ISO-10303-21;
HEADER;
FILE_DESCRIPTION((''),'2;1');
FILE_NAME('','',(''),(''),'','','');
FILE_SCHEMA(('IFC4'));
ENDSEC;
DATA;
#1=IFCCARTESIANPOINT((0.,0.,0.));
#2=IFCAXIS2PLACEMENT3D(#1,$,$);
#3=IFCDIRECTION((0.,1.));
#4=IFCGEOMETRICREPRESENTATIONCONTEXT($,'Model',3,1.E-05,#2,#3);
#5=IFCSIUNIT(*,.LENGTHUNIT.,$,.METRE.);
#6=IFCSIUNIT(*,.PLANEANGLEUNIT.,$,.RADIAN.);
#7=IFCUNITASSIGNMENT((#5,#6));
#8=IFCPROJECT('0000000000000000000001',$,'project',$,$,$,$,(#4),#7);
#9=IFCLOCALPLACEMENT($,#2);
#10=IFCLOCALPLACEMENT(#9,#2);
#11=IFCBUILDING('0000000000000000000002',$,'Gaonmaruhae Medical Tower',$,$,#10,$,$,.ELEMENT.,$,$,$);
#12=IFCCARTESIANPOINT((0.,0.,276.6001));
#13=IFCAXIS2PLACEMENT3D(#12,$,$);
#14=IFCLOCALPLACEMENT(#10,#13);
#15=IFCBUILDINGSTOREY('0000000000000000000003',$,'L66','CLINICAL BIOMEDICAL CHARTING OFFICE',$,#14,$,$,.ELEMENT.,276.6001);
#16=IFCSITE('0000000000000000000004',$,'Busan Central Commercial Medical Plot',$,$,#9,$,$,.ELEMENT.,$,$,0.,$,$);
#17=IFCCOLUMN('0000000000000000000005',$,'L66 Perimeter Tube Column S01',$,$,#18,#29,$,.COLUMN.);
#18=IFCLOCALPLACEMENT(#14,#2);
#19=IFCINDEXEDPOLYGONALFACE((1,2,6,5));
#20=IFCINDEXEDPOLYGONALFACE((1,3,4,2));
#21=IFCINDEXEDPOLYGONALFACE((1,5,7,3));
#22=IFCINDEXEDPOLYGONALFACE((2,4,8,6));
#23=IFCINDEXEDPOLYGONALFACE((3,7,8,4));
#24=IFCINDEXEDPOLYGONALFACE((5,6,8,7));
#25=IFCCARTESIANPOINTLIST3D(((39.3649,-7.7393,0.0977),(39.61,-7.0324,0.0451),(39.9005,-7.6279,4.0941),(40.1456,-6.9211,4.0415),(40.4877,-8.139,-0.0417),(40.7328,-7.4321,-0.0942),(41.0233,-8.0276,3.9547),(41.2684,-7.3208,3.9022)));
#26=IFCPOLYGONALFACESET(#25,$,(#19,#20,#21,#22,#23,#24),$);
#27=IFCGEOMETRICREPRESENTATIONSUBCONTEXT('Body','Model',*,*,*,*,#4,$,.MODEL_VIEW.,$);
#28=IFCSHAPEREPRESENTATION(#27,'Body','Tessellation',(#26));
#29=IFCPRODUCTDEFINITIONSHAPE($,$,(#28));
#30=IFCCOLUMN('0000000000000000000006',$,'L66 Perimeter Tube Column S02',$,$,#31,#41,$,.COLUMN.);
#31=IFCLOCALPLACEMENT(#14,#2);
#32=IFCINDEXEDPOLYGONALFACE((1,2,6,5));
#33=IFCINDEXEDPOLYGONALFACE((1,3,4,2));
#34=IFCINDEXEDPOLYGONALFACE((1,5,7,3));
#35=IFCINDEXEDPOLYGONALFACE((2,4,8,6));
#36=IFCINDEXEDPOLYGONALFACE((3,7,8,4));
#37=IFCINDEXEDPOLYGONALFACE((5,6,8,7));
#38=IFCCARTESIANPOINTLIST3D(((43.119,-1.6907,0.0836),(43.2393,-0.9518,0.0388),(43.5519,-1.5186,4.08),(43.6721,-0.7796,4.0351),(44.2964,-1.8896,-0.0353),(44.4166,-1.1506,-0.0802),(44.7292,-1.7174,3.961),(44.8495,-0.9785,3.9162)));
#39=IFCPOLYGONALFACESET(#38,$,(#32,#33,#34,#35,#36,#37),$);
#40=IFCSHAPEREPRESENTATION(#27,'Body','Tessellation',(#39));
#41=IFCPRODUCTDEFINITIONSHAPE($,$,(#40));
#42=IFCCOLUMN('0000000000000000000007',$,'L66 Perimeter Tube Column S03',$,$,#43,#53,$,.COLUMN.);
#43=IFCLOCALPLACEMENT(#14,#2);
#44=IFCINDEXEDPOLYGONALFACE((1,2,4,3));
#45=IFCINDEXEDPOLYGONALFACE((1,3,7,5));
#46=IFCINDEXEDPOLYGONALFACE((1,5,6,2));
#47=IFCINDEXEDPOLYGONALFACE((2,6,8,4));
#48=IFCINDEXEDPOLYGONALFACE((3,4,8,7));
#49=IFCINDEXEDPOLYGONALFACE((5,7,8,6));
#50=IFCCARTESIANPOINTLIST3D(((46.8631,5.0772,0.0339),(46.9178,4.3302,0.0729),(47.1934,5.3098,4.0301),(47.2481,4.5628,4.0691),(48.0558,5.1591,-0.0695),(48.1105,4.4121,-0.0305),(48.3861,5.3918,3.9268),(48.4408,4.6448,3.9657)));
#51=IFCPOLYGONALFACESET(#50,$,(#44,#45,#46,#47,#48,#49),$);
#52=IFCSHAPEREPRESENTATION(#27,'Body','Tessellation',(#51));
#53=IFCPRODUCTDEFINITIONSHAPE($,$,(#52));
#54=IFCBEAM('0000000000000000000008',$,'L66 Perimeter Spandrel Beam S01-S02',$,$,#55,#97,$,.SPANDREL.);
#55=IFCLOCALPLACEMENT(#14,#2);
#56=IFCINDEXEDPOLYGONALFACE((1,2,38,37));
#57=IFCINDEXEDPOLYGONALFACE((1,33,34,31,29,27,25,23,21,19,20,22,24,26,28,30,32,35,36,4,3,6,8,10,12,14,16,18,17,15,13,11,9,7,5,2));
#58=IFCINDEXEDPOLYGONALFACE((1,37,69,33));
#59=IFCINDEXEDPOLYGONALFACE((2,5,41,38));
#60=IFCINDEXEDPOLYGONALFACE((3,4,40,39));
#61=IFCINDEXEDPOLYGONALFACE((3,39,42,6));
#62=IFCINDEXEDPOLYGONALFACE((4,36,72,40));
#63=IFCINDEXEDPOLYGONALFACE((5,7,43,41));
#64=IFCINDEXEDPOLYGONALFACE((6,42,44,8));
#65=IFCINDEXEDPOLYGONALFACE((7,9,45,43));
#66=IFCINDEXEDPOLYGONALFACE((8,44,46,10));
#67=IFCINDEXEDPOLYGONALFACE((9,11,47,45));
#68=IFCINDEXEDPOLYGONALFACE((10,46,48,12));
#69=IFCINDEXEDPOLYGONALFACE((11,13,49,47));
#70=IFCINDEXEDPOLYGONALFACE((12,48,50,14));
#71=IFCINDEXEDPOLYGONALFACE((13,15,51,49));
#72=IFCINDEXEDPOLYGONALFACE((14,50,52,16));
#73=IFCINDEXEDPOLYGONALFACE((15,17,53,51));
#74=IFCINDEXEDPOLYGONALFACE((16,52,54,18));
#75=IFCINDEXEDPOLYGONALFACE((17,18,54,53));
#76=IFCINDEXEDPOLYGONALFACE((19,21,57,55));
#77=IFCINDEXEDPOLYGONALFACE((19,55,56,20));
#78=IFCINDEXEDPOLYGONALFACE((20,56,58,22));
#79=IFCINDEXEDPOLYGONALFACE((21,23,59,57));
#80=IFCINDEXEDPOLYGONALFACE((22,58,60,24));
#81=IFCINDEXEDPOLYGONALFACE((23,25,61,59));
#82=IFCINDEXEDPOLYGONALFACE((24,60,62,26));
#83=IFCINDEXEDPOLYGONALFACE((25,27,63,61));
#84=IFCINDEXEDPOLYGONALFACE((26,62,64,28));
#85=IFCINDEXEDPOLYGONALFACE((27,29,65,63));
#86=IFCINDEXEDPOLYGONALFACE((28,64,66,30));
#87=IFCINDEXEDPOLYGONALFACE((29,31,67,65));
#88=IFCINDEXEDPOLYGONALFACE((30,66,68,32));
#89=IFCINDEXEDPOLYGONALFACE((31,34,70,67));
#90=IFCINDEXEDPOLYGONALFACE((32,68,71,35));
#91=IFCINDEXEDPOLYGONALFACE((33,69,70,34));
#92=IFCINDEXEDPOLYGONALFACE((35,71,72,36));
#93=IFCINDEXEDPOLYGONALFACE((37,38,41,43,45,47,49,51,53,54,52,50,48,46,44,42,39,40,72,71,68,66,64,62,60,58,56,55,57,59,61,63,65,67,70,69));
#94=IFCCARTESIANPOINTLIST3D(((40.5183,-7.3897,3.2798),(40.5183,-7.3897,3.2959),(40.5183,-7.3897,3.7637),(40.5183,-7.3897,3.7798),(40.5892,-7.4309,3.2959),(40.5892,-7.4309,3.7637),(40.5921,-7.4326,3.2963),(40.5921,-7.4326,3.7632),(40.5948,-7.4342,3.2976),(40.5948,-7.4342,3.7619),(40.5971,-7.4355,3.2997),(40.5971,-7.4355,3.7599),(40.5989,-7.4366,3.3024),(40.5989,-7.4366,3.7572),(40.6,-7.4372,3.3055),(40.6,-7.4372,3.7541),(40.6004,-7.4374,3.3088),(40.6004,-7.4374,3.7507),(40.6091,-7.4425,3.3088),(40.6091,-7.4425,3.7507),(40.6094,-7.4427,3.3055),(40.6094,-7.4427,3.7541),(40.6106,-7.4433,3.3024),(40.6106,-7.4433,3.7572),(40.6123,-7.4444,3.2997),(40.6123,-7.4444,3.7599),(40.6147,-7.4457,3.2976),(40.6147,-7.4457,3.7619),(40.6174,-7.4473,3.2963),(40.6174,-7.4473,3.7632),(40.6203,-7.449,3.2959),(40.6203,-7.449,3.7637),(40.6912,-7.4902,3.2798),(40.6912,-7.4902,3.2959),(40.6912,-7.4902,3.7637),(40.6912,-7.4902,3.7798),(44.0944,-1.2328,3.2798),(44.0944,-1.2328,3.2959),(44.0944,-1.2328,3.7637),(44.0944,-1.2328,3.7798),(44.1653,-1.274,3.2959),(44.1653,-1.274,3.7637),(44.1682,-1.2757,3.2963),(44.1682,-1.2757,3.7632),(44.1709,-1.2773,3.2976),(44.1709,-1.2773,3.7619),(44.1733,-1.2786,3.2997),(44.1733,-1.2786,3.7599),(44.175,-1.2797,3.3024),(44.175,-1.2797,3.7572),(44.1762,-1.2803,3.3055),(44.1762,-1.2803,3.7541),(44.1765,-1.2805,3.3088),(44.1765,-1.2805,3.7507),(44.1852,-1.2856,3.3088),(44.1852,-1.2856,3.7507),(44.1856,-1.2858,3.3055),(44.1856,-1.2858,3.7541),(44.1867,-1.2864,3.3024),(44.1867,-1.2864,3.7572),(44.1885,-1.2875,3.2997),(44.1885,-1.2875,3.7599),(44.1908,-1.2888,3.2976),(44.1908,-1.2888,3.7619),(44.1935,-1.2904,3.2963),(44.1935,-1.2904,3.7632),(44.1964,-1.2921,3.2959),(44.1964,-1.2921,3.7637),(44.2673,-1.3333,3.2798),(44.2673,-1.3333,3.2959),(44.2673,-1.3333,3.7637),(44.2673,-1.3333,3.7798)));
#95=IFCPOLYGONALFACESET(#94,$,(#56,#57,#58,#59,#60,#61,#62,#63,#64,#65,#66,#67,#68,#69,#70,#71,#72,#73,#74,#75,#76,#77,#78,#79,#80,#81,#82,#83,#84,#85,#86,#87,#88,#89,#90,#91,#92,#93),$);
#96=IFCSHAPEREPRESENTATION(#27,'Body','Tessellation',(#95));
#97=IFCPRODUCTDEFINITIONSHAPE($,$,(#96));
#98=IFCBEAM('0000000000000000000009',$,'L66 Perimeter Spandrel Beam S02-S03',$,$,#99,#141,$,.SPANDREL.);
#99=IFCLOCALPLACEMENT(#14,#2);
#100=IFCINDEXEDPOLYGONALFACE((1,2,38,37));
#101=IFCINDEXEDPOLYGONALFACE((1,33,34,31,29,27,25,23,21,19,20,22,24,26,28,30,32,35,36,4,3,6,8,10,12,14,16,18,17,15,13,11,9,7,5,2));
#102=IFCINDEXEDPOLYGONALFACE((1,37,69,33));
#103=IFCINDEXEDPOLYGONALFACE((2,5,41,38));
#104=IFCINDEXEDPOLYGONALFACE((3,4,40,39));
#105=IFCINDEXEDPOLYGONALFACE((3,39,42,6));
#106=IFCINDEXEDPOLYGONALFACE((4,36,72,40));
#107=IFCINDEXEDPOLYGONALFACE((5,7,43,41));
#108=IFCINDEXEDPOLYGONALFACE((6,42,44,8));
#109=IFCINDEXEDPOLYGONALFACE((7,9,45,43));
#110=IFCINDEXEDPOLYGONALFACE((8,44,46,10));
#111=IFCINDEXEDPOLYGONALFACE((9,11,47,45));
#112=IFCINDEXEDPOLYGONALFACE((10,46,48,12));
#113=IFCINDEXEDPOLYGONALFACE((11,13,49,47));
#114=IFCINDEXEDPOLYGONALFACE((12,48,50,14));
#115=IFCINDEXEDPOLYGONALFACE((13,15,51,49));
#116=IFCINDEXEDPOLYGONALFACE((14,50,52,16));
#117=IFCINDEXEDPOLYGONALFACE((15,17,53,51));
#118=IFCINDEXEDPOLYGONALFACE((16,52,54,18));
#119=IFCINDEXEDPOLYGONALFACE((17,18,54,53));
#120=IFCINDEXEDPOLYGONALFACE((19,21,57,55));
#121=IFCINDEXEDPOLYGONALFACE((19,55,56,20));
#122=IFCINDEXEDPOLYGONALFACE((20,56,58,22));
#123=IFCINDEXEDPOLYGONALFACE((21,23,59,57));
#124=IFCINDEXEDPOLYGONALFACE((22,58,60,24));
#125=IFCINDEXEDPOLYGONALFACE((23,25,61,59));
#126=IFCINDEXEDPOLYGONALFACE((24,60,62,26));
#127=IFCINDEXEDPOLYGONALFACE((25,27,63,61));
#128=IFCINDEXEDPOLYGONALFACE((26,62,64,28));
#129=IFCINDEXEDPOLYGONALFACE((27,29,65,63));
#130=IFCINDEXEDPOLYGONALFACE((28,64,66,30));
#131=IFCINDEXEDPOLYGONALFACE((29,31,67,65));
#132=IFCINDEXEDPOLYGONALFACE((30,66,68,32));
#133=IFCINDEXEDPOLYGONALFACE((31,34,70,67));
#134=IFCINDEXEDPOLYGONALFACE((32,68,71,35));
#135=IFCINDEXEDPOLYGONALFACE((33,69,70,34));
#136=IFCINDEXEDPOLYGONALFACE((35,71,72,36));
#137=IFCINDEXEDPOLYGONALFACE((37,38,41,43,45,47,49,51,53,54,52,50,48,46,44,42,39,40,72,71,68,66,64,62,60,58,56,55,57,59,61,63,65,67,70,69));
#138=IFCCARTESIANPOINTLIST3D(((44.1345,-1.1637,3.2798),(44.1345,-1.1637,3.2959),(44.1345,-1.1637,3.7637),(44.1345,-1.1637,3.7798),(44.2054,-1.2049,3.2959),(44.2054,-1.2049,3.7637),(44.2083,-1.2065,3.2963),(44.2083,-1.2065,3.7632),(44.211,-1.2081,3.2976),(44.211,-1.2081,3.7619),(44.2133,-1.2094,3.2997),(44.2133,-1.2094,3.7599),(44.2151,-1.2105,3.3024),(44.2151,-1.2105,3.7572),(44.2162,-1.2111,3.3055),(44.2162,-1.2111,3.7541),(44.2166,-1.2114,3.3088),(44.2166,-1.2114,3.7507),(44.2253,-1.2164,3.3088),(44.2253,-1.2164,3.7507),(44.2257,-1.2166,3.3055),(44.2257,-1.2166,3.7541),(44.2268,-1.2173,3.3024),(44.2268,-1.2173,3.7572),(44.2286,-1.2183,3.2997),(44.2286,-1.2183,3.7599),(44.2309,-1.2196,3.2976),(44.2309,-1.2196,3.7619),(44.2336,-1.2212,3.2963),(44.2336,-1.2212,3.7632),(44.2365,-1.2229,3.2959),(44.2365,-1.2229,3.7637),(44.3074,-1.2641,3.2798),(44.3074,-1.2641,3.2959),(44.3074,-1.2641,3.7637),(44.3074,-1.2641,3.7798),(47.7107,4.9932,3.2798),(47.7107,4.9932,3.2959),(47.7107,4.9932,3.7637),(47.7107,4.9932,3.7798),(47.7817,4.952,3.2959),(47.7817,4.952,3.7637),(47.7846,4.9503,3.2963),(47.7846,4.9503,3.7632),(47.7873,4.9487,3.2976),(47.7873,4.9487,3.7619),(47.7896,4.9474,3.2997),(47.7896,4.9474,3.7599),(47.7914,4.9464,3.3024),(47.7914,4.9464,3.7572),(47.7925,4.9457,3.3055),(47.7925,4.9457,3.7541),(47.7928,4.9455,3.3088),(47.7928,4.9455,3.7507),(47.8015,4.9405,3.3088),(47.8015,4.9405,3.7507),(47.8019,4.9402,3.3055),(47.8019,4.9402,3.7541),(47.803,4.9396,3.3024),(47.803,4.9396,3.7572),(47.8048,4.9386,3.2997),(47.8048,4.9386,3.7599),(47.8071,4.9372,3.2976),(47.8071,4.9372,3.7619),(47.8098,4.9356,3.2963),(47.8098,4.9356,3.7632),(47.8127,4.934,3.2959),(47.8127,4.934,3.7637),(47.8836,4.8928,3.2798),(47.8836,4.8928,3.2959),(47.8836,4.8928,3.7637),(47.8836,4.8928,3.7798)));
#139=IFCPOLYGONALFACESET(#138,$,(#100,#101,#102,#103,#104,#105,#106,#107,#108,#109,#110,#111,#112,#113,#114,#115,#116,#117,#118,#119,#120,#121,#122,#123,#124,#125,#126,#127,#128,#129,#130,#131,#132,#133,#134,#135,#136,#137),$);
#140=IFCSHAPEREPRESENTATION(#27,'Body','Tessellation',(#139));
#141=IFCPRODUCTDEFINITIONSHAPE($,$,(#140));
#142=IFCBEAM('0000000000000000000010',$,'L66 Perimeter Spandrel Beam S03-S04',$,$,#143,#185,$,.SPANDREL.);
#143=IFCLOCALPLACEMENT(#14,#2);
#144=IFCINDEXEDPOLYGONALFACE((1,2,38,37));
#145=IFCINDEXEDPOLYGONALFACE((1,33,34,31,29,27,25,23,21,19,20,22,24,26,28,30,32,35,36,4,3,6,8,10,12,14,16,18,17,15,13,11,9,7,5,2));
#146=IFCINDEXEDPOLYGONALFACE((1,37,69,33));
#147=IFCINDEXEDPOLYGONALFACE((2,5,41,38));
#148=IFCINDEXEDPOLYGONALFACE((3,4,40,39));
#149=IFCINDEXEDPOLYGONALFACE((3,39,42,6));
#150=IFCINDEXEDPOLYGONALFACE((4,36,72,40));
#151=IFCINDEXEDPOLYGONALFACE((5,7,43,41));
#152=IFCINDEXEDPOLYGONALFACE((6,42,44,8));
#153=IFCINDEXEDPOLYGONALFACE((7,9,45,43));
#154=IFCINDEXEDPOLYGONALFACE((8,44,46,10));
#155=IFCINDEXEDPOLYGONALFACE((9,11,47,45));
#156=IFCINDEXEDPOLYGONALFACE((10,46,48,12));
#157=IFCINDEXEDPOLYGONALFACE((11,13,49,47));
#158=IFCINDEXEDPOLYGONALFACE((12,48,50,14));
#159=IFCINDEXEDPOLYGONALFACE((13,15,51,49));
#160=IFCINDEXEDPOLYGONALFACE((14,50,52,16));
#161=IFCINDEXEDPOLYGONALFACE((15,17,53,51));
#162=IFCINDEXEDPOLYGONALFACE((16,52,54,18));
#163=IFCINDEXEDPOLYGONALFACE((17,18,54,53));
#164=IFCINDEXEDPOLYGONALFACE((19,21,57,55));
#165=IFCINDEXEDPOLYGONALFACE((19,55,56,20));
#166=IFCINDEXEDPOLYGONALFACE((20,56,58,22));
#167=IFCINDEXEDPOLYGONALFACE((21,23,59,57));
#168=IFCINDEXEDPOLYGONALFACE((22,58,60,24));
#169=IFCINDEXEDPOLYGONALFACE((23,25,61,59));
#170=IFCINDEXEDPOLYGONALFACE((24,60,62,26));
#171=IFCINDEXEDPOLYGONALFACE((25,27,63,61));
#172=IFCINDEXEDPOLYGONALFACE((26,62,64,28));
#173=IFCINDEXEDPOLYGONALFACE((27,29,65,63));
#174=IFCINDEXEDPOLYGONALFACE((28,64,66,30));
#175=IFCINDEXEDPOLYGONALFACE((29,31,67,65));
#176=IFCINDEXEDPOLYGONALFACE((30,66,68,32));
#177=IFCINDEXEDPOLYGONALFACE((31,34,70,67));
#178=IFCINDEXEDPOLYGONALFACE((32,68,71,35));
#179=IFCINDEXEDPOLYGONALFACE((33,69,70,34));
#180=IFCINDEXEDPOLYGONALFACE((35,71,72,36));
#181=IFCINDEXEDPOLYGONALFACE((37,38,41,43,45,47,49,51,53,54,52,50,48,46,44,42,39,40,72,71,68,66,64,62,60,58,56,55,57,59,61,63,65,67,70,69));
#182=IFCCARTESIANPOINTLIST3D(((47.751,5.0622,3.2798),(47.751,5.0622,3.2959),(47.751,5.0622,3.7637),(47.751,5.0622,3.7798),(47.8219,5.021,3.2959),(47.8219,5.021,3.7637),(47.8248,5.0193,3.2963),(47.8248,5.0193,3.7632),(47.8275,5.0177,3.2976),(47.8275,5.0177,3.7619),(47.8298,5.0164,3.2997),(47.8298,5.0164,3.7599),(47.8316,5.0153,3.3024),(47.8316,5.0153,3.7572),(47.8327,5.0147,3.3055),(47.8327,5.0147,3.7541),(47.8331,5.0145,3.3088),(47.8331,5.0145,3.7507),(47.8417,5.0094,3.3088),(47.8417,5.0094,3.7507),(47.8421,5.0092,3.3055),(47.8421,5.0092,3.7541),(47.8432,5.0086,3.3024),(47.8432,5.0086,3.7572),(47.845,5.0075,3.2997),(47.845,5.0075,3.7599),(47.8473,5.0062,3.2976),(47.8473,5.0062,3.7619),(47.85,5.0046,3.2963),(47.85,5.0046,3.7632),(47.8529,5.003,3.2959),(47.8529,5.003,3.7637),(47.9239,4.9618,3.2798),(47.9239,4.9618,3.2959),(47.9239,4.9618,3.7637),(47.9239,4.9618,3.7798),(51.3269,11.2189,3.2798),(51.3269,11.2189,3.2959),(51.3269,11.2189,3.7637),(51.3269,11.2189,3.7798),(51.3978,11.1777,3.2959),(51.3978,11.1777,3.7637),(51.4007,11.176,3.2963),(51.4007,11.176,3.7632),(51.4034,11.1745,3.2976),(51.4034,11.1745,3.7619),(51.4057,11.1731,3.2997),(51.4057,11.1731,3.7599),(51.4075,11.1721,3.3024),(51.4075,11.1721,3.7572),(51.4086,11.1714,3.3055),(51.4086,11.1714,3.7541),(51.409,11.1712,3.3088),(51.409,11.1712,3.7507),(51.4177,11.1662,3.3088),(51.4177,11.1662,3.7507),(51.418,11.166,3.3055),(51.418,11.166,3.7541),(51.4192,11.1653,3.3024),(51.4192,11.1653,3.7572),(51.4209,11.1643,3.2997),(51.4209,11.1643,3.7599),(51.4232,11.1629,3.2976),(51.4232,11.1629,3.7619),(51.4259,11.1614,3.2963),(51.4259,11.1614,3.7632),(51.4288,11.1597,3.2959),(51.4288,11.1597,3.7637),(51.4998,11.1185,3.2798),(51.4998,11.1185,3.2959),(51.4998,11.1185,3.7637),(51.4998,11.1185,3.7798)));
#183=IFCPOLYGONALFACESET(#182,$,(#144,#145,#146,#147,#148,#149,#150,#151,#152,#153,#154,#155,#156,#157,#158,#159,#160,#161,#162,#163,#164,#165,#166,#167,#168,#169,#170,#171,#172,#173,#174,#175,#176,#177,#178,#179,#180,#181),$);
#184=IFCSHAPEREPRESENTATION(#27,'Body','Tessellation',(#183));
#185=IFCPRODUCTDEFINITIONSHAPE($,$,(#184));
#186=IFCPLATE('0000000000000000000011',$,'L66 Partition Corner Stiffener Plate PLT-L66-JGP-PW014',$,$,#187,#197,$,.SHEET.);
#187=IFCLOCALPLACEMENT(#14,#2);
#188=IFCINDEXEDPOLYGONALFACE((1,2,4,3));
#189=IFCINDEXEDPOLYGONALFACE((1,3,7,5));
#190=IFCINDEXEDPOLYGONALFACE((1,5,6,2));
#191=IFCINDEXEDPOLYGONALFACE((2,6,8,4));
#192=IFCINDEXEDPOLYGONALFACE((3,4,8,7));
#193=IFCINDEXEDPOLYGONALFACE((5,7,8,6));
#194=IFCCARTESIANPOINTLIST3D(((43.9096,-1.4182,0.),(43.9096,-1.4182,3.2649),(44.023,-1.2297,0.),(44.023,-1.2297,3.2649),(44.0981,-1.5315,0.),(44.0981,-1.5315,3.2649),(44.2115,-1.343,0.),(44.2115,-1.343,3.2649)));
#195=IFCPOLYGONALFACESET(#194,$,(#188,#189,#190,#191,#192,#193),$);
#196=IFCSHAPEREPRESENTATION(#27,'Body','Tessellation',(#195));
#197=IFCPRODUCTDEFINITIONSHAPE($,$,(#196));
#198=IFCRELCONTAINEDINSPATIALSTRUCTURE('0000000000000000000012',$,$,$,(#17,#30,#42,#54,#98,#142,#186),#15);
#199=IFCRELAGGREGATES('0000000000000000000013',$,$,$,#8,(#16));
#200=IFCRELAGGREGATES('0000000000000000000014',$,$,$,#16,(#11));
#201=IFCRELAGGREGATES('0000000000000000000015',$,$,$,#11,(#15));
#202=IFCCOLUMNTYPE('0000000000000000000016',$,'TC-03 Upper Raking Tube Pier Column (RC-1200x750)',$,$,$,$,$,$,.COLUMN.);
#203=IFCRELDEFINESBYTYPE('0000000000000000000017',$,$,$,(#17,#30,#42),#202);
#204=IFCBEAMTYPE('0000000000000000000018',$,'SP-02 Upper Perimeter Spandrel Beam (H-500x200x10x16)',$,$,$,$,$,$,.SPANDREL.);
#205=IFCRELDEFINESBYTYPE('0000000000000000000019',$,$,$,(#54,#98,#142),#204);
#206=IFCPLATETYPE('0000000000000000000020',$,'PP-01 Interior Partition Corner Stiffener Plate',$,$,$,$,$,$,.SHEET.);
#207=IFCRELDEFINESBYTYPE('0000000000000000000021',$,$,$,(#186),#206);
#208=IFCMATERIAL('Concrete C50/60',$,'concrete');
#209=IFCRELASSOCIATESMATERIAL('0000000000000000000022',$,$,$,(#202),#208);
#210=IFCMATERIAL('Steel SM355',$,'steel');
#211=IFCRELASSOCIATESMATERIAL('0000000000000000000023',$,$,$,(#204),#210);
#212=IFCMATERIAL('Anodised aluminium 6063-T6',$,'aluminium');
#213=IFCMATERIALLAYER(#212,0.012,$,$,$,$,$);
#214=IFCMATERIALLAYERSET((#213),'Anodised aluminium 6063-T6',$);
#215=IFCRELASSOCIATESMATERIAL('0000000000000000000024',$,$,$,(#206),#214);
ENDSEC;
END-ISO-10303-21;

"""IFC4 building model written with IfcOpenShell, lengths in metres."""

from ifc_helpers import new_model, si_unit, direction, frame, origin, origin_2d, place, context, subcontext, project, spatial, rectangle, i_section, extrude, material, layer, layer_set, material_profile, profile_set, type_object, element, save


model = new_model("IFC4")

# Units and contexts
model_context = context("Model", 3, precision=1e-05, world=origin(), true_north=direction((0.0, 1.0)))
body_context = subcontext(model_context, "Body", "Model", "MODEL_VIEW")
ifc_project = project(units=[si_unit("LENGTHUNIT", "METRE"), si_unit("PLANEANGLEUNIT", "RADIAN")], contexts=[model_context])

# Site, building, storey
site_placement = place(None, origin())
site = spatial("IfcSite", under=ifc_project, at=site_placement, Name="Busan Central Commercial Medical Plot", CompositionType="ELEMENT", RefElevation=0.0)
building_placement = place(site_placement, origin())
building = spatial("IfcBuilding", under=site, at=building_placement, Name="Gaonmaruhae Medical Tower", CompositionType="ELEMENT")
storey_placement = place(building_placement, frame((0.0, 0.0, 276.6001)))
storey = spatial("IfcBuildingStorey", under=building, at=storey_placement, Name="L66", Description="CLINICAL BIOMEDICAL CHARTING OFFICE", CompositionType="ELEMENT", Elevation=276.6001)

# Columns
ifc_material_1 = material(Name="Concrete C50/60", Category="concrete")
ifc_material_profile_1 = material_profile(ifc_material_1, rectangle(XDim=1.2, YDim=0.75, at=origin_2d()), Name="RC-1200x750")
ifc_profile_set_1 = profile_set([ifc_material_profile_1], Name="Concrete C50/60")
column_type = type_object("IfcColumnType", Name="TC-03 Upper Raking Tube Pier Column (RC-1200x750)", PredefinedType="COLUMN", material=ifc_profile_set_1)
column_1_placement = place(storey_placement, frame((40.0488, -7.5857, 0.0017), z_axis=(0.132795, 0.0276, 0.990759), x_axis=(-0.935714, 0.333093, 0.116138)))
element("IfcColumn", 1, at=column_1_placement, inside=storey, type_object=column_type, Name="L66 Perimeter Tube Column S01", PredefinedType="COLUMN", context=body_context, shape_type="SweptSolid", body=[
    extrude(rectangle(XDim=1.2, YDim=0.75, at=origin_2d()), origin(), (0.0, 0.0, 1.0), 4.0337),
])
column_2_placement = place(storey_placement, frame((43.7678, -1.4207, 0.0017), z_axis=(0.107586, 0.04278, 0.993275), x_axis=(-0.981176, 0.165724, 0.099138)))
element("IfcColumn", 2, at=column_2_placement, inside=storey, type_object=column_type, Name="L66 Perimeter Tube Column S02", PredefinedType="COLUMN", context=body_context, shape_type="SweptSolid", body=[
    extrude(rectangle(XDim=1.2, YDim=0.75, at=origin_2d()), origin(), (0.0, 0.0, 1.0), 4.0234),
])
column_3_placement = place(storey_placement, frame((47.4868, 4.7446, 0.0017), z_axis=(0.082237, 0.057925, 0.994928), x_axis=(-0.993941, -0.068289, 0.086131)))
element("IfcColumn", 3, at=column_3_placement, inside=storey, type_object=column_type, Name="L66 Perimeter Tube Column S03", PredefinedType="COLUMN", context=body_context, shape_type="SweptSolid", body=[
    extrude(rectangle(XDim=1.2, YDim=0.75, at=origin_2d()), origin(), (0.0, 0.0, 1.0), 4.0166),
])

# Beams
ifc_material_2 = material(Name="Steel SM355", Category="steel")
ifc_material_profile_2 = material_profile(ifc_material_2, i_section(OverallWidth=0.2, OverallDepth=0.5, WebThickness=0.01, FlangeThickness=0.0161, FilletRadius=0.0129, at=origin_2d()), Name="H-500x200x10x16")
ifc_profile_set_2 = profile_set([ifc_material_profile_2], Name="Steel SM355")
beam_type = type_object("IfcBeamType", Name="SP-02 Upper Perimeter Spandrel Beam (H-500x200x10x16)", PredefinedType="SPANDREL", material=ifc_profile_set_2)
for number, where, z_axis, x_axis, name in (
    (4, (40.6047, -7.4399, 3.5298), (0.502256, 0.864719, 0.0), (-0.864719, 0.502256, 0.0), "L66 Perimeter Spandrel Beam S01-S02"),
    (5, (44.2209, -1.2139, 3.5298), (0.502271, 0.86471, 0.0), (-0.86471, 0.502271, 0.0), "L66 Perimeter Spandrel Beam S02-S03"),
):
    element("IfcBeam", number, at=place(storey_placement, frame(where, z_axis=z_axis, x_axis=x_axis)), inside=storey, type_object=beam_type, Name=name, PredefinedType="SPANDREL", context=body_context, shape_type="SweptSolid", body=[
        extrude(i_section(OverallWidth=0.2, OverallDepth=0.5, WebThickness=0.01, FlangeThickness=0.0161, FilletRadius=0.0129, at=origin_2d()), origin(), (0.0, 0.0, 1.0), 7.1201),
    ])
beam_placement = place(storey_placement, frame((47.8374, 5.012, 3.5298), z_axis=(0.502246, 0.864725, 0.0), x_axis=(-0.864725, 0.502246, 0.0)))
element("IfcBeam", 6, at=beam_placement, inside=storey, type_object=beam_type, Name="L66 Perimeter Spandrel Beam S03-S04", PredefinedType="SPANDREL", context=body_context, shape_type="SweptSolid", body=[
    extrude(i_section(OverallWidth=0.2, OverallDepth=0.5, WebThickness=0.01, FlangeThickness=0.0161, FilletRadius=0.0129, at=origin_2d()), origin(), (0.0, 0.0, 1.0), 7.1199),
])

# Plate
ifc_material_3 = material(Name="Anodised aluminium 6063-T6", Category="aluminium")
ifc_layer_1 = layer(ifc_material_3, 0.012)
ifc_layer_set_1 = layer_set([ifc_layer_1], Name="Anodised aluminium 6063-T6")
plate_type = type_object("IfcPlateType", Name="PP-01 Interior Partition Corner Stiffener Plate", PredefinedType="SHEET", material=ifc_layer_set_1)
plate_1_placement = place(storey_placement, frame((44.0605, -1.3806, 0.0), z_axis=(0.0, 0.0, 1.0), x_axis=(-0.515292, -0.857014, 0.0)))
element("IfcPlate", 7, at=plate_1_placement, inside=storey, type_object=plate_type, Name="L66 Partition Corner Stiffener Plate PLT-L66-JGP-PW014", PredefinedType="SHEET", context=body_context, shape_type="SweptSolid", body=[
    extrude(rectangle(XDim=0.22, YDim=0.22, at=origin_2d()), origin(), (0.0, 0.0, 1.0), 3.2649),
])

save(model, "model.ifc")
